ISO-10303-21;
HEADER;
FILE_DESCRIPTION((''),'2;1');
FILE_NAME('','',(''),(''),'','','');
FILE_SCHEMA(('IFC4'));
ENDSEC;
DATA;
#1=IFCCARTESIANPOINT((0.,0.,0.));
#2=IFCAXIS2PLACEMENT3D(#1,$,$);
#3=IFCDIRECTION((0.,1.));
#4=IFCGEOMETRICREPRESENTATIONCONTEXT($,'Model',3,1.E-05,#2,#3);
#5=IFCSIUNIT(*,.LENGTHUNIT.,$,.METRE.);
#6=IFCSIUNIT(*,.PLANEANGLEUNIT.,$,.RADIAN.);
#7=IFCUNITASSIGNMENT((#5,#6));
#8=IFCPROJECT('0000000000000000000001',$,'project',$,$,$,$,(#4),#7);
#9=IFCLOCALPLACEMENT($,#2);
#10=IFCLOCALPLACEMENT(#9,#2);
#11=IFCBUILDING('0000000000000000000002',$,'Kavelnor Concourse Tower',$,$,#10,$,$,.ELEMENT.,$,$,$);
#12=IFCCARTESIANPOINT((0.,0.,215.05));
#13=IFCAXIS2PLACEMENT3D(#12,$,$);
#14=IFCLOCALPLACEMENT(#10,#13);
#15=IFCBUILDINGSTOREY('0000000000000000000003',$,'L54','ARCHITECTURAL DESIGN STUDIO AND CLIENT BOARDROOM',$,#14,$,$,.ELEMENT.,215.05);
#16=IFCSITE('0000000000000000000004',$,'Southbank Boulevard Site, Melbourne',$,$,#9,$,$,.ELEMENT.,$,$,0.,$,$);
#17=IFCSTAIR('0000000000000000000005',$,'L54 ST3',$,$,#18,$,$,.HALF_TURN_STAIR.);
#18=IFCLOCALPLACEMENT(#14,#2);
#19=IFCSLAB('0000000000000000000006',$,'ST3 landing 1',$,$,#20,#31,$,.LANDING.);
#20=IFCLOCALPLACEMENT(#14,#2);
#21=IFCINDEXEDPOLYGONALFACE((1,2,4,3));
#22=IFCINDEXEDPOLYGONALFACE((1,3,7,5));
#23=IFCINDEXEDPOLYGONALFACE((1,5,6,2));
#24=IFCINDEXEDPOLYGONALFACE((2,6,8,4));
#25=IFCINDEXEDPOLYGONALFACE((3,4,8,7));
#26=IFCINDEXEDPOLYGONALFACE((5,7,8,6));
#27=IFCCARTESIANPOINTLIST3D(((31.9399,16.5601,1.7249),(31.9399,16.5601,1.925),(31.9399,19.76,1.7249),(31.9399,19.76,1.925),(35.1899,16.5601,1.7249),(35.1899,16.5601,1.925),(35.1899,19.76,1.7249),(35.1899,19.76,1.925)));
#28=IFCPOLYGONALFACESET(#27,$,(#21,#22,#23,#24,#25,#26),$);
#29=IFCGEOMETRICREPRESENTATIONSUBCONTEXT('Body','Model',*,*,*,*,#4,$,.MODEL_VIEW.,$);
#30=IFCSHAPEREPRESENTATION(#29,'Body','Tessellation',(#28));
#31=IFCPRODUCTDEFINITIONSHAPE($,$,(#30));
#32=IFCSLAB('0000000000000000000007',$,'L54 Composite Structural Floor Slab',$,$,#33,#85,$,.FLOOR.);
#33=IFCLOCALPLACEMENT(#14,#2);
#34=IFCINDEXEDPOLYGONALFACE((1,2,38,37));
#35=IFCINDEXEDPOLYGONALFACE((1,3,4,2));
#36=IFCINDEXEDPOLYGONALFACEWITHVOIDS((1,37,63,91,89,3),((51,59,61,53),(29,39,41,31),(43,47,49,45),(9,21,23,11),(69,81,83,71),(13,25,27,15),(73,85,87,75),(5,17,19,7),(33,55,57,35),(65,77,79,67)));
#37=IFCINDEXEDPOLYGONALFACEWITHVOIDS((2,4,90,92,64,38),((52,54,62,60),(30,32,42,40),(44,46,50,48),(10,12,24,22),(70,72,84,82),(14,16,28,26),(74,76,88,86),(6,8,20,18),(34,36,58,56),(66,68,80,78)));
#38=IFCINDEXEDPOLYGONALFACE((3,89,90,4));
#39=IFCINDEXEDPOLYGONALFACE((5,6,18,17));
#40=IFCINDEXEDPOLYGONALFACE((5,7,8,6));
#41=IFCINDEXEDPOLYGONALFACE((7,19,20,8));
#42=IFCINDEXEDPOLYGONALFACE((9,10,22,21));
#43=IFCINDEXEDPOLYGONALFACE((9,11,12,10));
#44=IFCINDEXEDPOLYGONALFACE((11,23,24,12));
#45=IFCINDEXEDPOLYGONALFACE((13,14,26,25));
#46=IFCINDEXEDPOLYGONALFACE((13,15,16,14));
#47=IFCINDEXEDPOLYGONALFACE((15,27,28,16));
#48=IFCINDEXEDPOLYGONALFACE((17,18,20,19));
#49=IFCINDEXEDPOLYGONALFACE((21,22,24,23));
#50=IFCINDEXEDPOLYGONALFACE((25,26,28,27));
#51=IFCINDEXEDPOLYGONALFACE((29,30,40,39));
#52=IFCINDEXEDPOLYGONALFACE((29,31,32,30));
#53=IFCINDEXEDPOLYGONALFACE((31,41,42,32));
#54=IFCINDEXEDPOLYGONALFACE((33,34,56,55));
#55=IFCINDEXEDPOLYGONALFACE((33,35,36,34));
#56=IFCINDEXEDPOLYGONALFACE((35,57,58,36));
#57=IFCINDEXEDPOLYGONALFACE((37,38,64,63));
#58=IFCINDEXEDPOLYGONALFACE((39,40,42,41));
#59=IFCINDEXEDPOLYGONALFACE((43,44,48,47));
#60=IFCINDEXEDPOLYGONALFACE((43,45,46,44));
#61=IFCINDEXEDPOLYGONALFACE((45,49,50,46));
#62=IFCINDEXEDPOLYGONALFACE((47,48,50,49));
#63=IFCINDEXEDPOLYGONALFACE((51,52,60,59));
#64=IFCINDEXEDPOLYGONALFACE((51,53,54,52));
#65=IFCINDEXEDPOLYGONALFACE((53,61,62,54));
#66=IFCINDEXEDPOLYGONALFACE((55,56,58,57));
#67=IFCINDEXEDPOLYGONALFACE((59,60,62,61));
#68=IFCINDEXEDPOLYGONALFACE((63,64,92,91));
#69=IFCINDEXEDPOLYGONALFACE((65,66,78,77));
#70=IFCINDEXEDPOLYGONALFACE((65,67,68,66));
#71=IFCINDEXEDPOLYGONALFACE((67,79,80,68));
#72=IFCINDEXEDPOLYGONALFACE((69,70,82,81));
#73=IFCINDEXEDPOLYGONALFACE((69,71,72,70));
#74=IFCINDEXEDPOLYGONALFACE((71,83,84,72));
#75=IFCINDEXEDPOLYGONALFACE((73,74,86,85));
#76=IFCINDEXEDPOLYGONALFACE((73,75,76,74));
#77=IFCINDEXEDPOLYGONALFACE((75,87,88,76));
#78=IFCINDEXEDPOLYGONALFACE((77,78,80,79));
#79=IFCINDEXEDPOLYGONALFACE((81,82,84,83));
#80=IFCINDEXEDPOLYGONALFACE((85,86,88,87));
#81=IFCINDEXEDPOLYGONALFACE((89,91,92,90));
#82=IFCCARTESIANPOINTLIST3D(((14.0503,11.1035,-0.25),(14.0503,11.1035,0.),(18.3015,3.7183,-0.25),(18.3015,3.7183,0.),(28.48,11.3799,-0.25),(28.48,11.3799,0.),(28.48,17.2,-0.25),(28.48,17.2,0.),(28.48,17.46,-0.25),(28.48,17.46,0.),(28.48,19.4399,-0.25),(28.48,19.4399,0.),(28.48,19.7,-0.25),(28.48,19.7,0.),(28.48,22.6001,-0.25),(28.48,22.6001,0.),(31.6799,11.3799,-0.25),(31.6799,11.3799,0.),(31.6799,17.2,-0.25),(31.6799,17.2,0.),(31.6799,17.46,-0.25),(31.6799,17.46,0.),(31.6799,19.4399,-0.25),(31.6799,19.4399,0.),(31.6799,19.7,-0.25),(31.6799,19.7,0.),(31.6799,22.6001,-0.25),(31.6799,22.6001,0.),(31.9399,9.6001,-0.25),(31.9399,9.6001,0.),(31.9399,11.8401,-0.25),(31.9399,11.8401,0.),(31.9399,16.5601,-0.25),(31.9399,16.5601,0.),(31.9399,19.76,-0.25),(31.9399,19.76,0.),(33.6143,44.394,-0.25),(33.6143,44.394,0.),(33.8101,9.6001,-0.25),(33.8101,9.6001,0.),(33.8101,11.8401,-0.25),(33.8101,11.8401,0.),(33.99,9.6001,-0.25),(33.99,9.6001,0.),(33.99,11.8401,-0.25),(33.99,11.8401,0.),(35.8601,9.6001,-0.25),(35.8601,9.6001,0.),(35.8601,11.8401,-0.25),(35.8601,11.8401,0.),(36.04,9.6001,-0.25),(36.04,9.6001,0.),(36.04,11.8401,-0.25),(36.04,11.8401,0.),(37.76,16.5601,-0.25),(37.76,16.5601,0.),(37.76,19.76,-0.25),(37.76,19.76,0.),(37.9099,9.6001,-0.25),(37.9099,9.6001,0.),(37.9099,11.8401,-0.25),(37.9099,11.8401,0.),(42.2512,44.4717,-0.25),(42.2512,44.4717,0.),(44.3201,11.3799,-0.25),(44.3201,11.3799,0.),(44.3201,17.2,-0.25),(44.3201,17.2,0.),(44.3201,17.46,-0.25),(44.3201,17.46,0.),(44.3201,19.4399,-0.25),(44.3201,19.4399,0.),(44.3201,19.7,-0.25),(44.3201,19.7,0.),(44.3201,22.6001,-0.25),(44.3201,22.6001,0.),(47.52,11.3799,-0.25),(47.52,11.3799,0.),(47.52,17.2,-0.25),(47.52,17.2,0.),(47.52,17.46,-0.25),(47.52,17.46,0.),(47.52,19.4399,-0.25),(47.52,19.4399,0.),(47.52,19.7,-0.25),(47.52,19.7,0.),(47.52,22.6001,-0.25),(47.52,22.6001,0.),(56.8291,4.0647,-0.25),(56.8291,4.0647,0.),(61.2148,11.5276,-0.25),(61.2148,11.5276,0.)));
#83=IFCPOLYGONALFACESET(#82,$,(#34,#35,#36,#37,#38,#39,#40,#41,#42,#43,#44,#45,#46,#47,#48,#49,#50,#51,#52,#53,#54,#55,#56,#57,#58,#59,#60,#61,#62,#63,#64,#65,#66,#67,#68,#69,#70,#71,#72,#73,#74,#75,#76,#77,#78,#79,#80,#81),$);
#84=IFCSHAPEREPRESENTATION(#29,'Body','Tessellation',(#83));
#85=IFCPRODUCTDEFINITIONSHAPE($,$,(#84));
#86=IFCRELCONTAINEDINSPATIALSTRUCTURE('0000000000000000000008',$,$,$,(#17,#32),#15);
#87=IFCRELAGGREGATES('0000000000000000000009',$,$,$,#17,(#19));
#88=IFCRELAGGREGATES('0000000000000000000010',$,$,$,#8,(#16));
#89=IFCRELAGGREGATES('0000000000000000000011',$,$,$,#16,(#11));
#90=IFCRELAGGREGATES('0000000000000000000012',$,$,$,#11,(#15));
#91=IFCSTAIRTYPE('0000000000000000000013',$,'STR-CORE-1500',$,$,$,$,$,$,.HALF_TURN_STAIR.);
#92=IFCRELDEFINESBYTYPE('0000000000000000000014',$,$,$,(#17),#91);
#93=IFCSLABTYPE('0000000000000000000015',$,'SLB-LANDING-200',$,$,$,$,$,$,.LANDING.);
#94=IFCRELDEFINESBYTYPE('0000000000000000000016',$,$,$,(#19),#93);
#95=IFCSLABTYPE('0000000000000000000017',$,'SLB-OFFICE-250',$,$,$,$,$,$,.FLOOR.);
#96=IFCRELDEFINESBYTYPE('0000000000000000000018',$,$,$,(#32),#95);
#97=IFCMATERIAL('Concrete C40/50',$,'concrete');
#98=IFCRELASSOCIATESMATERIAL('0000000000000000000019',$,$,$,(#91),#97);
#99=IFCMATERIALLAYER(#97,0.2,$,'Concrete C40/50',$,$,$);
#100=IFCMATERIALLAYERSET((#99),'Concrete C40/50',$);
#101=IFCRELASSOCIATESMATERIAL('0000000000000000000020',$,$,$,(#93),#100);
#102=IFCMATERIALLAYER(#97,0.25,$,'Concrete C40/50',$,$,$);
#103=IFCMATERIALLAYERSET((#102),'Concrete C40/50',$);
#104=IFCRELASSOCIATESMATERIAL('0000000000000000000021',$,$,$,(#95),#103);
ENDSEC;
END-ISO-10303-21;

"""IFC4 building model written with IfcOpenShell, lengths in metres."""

from ifc_helpers import new_model, si_unit, direction, frame, origin, place, context, subcontext, project, spatial, polyline, outline, extrude, material, layer, layer_set, type_object, element, aggregate, save


model = new_model("IFC4")

# Units and contexts
model_context = context("Model", 3, precision=1e-05, world=origin(), true_north=direction((0.0, 1.0)))
body_context = subcontext(model_context, "Body", "Model", "MODEL_VIEW")
ifc_project = project(units=[si_unit("LENGTHUNIT", "METRE"), si_unit("PLANEANGLEUNIT", "RADIAN")], contexts=[model_context])

# Site, building, storey
site_placement = place(None, origin())
site = spatial("IfcSite", under=ifc_project, at=site_placement, Name="Southbank Boulevard Site, Melbourne", CompositionType="ELEMENT", RefElevation=0.0)
building_placement = place(site_placement, origin())
building = spatial("IfcBuilding", under=site, at=building_placement, Name="Kavelnor Concourse Tower", CompositionType="ELEMENT")
storey_placement = place(building_placement, frame((0.0, 0.0, 215.05)))
storey = spatial("IfcBuildingStorey", under=building, at=storey_placement, Name="L54", Description="ARCHITECTURAL DESIGN STUDIO AND CLIENT BOARDROOM", CompositionType="ELEMENT", Elevation=215.05)

# Shared definitions
ifc_material_1 = material(Name="Concrete C40/50", Category="concrete")

# Stair, slab
stair_type = type_object("IfcStairType", Name="STR-CORE-1500", PredefinedType="HALF_TURN_STAIR", material=ifc_material_1)
ifc_layer_1 = layer(ifc_material_1, 0.2, Name="Concrete C40/50")
ifc_layer_set_1 = layer_set([ifc_layer_1], Name="Concrete C40/50")
slab_type_1 = type_object("IfcSlabType", Name="SLB-LANDING-200", PredefinedType="LANDING", material=ifc_layer_set_1)
stair_1_placement = place(storey_placement, origin())
stair_1 = element("IfcStair", 1, at=stair_1_placement, inside=storey, type_object=stair_type, Name="L54 ST3", PredefinedType="HALF_TURN_STAIR")
slab_1_placement = place(storey_placement, frame((0.0, 0.0, 1.7249)))
slab_1 = element("IfcSlab", 2, at=slab_1_placement, type_object=slab_type_1, Name="ST3 landing 1", PredefinedType="LANDING", context=body_context, shape_type="SweptSolid", body=[
    extrude(outline(polyline([(35.1899, 19.76), (31.9399, 19.76), (31.9399, 16.5601), (35.1899, 16.5601), (35.1899, 19.76)])), origin(), (0.0, 0.0, 1.0), 0.2002),
])
aggregate(stair_1, [slab_1])

# Slab
ifc_layer_2 = layer(ifc_material_1, 0.25, Name="Concrete C40/50")
ifc_layer_set_2 = layer_set([ifc_layer_2], Name="Concrete C40/50")
slab_type_2 = type_object("IfcSlabType", Name="SLB-OFFICE-250", PredefinedType="FLOOR", material=ifc_layer_set_2)
slab_2_placement = place(storey_placement, frame((0.0, 0.0, -0.25)))
element("IfcSlab", 3, at=slab_2_placement, inside=storey, type_object=slab_type_2, Name="L54 Composite Structural Floor Slab", PredefinedType="FLOOR", context=body_context, shape_type="SweptSolid", body=[
    extrude(outline(polyline([(42.2512, 44.4717), (33.6143, 44.394), (14.0503, 11.1035), (18.3015, 3.7183), (56.8291, 4.0647), (61.2148, 11.5276), (42.2512, 44.4717)]), holes=[polyline([(28.48, 11.3799), (31.6799, 11.3799), (31.6799, 17.2), (28.48, 17.2), (28.48, 11.3799)]), polyline([(44.3201, 11.3799), (47.52, 11.3799), (47.52, 17.2), (44.3201, 17.2), (44.3201, 11.3799)]), polyline([(31.9399, 16.5601), (37.76, 16.5601), (37.76, 19.76), (31.9399, 19.76), (31.9399, 16.5601)]), polyline([(28.48, 19.7), (31.6799, 19.7), (31.6799, 22.6001), (28.48, 22.6001), (28.48, 19.7)]), polyline([(44.3201, 19.7), (47.52, 19.7), (47.52, 22.6001), (44.3201, 22.6001), (44.3201, 19.7)]), polyline([(31.9399, 9.6001), (33.8101, 9.6001), (33.8101, 11.8401), (31.9399, 11.8401), (31.9399, 9.6001)]), polyline([(33.99, 9.6001), (35.8601, 9.6001), (35.8601, 11.8401), (33.99, 11.8401), (33.99, 9.6001)]), polyline([(36.04, 9.6001), (37.9099, 9.6001), (37.9099, 11.8401), (36.04, 11.8401), (36.04, 9.6001)]), polyline([(28.48, 17.46), (31.6799, 17.46), (31.6799, 19.4399), (28.48, 19.4399), (28.48, 17.46)]), polyline([(44.3201, 17.46), (47.52, 17.46), (47.52, 19.4399), (44.3201, 19.4399), (44.3201, 17.46)])]), origin(), (0.0, 0.0, 1.0), 0.25),
])

save(model, "model.ifc")
